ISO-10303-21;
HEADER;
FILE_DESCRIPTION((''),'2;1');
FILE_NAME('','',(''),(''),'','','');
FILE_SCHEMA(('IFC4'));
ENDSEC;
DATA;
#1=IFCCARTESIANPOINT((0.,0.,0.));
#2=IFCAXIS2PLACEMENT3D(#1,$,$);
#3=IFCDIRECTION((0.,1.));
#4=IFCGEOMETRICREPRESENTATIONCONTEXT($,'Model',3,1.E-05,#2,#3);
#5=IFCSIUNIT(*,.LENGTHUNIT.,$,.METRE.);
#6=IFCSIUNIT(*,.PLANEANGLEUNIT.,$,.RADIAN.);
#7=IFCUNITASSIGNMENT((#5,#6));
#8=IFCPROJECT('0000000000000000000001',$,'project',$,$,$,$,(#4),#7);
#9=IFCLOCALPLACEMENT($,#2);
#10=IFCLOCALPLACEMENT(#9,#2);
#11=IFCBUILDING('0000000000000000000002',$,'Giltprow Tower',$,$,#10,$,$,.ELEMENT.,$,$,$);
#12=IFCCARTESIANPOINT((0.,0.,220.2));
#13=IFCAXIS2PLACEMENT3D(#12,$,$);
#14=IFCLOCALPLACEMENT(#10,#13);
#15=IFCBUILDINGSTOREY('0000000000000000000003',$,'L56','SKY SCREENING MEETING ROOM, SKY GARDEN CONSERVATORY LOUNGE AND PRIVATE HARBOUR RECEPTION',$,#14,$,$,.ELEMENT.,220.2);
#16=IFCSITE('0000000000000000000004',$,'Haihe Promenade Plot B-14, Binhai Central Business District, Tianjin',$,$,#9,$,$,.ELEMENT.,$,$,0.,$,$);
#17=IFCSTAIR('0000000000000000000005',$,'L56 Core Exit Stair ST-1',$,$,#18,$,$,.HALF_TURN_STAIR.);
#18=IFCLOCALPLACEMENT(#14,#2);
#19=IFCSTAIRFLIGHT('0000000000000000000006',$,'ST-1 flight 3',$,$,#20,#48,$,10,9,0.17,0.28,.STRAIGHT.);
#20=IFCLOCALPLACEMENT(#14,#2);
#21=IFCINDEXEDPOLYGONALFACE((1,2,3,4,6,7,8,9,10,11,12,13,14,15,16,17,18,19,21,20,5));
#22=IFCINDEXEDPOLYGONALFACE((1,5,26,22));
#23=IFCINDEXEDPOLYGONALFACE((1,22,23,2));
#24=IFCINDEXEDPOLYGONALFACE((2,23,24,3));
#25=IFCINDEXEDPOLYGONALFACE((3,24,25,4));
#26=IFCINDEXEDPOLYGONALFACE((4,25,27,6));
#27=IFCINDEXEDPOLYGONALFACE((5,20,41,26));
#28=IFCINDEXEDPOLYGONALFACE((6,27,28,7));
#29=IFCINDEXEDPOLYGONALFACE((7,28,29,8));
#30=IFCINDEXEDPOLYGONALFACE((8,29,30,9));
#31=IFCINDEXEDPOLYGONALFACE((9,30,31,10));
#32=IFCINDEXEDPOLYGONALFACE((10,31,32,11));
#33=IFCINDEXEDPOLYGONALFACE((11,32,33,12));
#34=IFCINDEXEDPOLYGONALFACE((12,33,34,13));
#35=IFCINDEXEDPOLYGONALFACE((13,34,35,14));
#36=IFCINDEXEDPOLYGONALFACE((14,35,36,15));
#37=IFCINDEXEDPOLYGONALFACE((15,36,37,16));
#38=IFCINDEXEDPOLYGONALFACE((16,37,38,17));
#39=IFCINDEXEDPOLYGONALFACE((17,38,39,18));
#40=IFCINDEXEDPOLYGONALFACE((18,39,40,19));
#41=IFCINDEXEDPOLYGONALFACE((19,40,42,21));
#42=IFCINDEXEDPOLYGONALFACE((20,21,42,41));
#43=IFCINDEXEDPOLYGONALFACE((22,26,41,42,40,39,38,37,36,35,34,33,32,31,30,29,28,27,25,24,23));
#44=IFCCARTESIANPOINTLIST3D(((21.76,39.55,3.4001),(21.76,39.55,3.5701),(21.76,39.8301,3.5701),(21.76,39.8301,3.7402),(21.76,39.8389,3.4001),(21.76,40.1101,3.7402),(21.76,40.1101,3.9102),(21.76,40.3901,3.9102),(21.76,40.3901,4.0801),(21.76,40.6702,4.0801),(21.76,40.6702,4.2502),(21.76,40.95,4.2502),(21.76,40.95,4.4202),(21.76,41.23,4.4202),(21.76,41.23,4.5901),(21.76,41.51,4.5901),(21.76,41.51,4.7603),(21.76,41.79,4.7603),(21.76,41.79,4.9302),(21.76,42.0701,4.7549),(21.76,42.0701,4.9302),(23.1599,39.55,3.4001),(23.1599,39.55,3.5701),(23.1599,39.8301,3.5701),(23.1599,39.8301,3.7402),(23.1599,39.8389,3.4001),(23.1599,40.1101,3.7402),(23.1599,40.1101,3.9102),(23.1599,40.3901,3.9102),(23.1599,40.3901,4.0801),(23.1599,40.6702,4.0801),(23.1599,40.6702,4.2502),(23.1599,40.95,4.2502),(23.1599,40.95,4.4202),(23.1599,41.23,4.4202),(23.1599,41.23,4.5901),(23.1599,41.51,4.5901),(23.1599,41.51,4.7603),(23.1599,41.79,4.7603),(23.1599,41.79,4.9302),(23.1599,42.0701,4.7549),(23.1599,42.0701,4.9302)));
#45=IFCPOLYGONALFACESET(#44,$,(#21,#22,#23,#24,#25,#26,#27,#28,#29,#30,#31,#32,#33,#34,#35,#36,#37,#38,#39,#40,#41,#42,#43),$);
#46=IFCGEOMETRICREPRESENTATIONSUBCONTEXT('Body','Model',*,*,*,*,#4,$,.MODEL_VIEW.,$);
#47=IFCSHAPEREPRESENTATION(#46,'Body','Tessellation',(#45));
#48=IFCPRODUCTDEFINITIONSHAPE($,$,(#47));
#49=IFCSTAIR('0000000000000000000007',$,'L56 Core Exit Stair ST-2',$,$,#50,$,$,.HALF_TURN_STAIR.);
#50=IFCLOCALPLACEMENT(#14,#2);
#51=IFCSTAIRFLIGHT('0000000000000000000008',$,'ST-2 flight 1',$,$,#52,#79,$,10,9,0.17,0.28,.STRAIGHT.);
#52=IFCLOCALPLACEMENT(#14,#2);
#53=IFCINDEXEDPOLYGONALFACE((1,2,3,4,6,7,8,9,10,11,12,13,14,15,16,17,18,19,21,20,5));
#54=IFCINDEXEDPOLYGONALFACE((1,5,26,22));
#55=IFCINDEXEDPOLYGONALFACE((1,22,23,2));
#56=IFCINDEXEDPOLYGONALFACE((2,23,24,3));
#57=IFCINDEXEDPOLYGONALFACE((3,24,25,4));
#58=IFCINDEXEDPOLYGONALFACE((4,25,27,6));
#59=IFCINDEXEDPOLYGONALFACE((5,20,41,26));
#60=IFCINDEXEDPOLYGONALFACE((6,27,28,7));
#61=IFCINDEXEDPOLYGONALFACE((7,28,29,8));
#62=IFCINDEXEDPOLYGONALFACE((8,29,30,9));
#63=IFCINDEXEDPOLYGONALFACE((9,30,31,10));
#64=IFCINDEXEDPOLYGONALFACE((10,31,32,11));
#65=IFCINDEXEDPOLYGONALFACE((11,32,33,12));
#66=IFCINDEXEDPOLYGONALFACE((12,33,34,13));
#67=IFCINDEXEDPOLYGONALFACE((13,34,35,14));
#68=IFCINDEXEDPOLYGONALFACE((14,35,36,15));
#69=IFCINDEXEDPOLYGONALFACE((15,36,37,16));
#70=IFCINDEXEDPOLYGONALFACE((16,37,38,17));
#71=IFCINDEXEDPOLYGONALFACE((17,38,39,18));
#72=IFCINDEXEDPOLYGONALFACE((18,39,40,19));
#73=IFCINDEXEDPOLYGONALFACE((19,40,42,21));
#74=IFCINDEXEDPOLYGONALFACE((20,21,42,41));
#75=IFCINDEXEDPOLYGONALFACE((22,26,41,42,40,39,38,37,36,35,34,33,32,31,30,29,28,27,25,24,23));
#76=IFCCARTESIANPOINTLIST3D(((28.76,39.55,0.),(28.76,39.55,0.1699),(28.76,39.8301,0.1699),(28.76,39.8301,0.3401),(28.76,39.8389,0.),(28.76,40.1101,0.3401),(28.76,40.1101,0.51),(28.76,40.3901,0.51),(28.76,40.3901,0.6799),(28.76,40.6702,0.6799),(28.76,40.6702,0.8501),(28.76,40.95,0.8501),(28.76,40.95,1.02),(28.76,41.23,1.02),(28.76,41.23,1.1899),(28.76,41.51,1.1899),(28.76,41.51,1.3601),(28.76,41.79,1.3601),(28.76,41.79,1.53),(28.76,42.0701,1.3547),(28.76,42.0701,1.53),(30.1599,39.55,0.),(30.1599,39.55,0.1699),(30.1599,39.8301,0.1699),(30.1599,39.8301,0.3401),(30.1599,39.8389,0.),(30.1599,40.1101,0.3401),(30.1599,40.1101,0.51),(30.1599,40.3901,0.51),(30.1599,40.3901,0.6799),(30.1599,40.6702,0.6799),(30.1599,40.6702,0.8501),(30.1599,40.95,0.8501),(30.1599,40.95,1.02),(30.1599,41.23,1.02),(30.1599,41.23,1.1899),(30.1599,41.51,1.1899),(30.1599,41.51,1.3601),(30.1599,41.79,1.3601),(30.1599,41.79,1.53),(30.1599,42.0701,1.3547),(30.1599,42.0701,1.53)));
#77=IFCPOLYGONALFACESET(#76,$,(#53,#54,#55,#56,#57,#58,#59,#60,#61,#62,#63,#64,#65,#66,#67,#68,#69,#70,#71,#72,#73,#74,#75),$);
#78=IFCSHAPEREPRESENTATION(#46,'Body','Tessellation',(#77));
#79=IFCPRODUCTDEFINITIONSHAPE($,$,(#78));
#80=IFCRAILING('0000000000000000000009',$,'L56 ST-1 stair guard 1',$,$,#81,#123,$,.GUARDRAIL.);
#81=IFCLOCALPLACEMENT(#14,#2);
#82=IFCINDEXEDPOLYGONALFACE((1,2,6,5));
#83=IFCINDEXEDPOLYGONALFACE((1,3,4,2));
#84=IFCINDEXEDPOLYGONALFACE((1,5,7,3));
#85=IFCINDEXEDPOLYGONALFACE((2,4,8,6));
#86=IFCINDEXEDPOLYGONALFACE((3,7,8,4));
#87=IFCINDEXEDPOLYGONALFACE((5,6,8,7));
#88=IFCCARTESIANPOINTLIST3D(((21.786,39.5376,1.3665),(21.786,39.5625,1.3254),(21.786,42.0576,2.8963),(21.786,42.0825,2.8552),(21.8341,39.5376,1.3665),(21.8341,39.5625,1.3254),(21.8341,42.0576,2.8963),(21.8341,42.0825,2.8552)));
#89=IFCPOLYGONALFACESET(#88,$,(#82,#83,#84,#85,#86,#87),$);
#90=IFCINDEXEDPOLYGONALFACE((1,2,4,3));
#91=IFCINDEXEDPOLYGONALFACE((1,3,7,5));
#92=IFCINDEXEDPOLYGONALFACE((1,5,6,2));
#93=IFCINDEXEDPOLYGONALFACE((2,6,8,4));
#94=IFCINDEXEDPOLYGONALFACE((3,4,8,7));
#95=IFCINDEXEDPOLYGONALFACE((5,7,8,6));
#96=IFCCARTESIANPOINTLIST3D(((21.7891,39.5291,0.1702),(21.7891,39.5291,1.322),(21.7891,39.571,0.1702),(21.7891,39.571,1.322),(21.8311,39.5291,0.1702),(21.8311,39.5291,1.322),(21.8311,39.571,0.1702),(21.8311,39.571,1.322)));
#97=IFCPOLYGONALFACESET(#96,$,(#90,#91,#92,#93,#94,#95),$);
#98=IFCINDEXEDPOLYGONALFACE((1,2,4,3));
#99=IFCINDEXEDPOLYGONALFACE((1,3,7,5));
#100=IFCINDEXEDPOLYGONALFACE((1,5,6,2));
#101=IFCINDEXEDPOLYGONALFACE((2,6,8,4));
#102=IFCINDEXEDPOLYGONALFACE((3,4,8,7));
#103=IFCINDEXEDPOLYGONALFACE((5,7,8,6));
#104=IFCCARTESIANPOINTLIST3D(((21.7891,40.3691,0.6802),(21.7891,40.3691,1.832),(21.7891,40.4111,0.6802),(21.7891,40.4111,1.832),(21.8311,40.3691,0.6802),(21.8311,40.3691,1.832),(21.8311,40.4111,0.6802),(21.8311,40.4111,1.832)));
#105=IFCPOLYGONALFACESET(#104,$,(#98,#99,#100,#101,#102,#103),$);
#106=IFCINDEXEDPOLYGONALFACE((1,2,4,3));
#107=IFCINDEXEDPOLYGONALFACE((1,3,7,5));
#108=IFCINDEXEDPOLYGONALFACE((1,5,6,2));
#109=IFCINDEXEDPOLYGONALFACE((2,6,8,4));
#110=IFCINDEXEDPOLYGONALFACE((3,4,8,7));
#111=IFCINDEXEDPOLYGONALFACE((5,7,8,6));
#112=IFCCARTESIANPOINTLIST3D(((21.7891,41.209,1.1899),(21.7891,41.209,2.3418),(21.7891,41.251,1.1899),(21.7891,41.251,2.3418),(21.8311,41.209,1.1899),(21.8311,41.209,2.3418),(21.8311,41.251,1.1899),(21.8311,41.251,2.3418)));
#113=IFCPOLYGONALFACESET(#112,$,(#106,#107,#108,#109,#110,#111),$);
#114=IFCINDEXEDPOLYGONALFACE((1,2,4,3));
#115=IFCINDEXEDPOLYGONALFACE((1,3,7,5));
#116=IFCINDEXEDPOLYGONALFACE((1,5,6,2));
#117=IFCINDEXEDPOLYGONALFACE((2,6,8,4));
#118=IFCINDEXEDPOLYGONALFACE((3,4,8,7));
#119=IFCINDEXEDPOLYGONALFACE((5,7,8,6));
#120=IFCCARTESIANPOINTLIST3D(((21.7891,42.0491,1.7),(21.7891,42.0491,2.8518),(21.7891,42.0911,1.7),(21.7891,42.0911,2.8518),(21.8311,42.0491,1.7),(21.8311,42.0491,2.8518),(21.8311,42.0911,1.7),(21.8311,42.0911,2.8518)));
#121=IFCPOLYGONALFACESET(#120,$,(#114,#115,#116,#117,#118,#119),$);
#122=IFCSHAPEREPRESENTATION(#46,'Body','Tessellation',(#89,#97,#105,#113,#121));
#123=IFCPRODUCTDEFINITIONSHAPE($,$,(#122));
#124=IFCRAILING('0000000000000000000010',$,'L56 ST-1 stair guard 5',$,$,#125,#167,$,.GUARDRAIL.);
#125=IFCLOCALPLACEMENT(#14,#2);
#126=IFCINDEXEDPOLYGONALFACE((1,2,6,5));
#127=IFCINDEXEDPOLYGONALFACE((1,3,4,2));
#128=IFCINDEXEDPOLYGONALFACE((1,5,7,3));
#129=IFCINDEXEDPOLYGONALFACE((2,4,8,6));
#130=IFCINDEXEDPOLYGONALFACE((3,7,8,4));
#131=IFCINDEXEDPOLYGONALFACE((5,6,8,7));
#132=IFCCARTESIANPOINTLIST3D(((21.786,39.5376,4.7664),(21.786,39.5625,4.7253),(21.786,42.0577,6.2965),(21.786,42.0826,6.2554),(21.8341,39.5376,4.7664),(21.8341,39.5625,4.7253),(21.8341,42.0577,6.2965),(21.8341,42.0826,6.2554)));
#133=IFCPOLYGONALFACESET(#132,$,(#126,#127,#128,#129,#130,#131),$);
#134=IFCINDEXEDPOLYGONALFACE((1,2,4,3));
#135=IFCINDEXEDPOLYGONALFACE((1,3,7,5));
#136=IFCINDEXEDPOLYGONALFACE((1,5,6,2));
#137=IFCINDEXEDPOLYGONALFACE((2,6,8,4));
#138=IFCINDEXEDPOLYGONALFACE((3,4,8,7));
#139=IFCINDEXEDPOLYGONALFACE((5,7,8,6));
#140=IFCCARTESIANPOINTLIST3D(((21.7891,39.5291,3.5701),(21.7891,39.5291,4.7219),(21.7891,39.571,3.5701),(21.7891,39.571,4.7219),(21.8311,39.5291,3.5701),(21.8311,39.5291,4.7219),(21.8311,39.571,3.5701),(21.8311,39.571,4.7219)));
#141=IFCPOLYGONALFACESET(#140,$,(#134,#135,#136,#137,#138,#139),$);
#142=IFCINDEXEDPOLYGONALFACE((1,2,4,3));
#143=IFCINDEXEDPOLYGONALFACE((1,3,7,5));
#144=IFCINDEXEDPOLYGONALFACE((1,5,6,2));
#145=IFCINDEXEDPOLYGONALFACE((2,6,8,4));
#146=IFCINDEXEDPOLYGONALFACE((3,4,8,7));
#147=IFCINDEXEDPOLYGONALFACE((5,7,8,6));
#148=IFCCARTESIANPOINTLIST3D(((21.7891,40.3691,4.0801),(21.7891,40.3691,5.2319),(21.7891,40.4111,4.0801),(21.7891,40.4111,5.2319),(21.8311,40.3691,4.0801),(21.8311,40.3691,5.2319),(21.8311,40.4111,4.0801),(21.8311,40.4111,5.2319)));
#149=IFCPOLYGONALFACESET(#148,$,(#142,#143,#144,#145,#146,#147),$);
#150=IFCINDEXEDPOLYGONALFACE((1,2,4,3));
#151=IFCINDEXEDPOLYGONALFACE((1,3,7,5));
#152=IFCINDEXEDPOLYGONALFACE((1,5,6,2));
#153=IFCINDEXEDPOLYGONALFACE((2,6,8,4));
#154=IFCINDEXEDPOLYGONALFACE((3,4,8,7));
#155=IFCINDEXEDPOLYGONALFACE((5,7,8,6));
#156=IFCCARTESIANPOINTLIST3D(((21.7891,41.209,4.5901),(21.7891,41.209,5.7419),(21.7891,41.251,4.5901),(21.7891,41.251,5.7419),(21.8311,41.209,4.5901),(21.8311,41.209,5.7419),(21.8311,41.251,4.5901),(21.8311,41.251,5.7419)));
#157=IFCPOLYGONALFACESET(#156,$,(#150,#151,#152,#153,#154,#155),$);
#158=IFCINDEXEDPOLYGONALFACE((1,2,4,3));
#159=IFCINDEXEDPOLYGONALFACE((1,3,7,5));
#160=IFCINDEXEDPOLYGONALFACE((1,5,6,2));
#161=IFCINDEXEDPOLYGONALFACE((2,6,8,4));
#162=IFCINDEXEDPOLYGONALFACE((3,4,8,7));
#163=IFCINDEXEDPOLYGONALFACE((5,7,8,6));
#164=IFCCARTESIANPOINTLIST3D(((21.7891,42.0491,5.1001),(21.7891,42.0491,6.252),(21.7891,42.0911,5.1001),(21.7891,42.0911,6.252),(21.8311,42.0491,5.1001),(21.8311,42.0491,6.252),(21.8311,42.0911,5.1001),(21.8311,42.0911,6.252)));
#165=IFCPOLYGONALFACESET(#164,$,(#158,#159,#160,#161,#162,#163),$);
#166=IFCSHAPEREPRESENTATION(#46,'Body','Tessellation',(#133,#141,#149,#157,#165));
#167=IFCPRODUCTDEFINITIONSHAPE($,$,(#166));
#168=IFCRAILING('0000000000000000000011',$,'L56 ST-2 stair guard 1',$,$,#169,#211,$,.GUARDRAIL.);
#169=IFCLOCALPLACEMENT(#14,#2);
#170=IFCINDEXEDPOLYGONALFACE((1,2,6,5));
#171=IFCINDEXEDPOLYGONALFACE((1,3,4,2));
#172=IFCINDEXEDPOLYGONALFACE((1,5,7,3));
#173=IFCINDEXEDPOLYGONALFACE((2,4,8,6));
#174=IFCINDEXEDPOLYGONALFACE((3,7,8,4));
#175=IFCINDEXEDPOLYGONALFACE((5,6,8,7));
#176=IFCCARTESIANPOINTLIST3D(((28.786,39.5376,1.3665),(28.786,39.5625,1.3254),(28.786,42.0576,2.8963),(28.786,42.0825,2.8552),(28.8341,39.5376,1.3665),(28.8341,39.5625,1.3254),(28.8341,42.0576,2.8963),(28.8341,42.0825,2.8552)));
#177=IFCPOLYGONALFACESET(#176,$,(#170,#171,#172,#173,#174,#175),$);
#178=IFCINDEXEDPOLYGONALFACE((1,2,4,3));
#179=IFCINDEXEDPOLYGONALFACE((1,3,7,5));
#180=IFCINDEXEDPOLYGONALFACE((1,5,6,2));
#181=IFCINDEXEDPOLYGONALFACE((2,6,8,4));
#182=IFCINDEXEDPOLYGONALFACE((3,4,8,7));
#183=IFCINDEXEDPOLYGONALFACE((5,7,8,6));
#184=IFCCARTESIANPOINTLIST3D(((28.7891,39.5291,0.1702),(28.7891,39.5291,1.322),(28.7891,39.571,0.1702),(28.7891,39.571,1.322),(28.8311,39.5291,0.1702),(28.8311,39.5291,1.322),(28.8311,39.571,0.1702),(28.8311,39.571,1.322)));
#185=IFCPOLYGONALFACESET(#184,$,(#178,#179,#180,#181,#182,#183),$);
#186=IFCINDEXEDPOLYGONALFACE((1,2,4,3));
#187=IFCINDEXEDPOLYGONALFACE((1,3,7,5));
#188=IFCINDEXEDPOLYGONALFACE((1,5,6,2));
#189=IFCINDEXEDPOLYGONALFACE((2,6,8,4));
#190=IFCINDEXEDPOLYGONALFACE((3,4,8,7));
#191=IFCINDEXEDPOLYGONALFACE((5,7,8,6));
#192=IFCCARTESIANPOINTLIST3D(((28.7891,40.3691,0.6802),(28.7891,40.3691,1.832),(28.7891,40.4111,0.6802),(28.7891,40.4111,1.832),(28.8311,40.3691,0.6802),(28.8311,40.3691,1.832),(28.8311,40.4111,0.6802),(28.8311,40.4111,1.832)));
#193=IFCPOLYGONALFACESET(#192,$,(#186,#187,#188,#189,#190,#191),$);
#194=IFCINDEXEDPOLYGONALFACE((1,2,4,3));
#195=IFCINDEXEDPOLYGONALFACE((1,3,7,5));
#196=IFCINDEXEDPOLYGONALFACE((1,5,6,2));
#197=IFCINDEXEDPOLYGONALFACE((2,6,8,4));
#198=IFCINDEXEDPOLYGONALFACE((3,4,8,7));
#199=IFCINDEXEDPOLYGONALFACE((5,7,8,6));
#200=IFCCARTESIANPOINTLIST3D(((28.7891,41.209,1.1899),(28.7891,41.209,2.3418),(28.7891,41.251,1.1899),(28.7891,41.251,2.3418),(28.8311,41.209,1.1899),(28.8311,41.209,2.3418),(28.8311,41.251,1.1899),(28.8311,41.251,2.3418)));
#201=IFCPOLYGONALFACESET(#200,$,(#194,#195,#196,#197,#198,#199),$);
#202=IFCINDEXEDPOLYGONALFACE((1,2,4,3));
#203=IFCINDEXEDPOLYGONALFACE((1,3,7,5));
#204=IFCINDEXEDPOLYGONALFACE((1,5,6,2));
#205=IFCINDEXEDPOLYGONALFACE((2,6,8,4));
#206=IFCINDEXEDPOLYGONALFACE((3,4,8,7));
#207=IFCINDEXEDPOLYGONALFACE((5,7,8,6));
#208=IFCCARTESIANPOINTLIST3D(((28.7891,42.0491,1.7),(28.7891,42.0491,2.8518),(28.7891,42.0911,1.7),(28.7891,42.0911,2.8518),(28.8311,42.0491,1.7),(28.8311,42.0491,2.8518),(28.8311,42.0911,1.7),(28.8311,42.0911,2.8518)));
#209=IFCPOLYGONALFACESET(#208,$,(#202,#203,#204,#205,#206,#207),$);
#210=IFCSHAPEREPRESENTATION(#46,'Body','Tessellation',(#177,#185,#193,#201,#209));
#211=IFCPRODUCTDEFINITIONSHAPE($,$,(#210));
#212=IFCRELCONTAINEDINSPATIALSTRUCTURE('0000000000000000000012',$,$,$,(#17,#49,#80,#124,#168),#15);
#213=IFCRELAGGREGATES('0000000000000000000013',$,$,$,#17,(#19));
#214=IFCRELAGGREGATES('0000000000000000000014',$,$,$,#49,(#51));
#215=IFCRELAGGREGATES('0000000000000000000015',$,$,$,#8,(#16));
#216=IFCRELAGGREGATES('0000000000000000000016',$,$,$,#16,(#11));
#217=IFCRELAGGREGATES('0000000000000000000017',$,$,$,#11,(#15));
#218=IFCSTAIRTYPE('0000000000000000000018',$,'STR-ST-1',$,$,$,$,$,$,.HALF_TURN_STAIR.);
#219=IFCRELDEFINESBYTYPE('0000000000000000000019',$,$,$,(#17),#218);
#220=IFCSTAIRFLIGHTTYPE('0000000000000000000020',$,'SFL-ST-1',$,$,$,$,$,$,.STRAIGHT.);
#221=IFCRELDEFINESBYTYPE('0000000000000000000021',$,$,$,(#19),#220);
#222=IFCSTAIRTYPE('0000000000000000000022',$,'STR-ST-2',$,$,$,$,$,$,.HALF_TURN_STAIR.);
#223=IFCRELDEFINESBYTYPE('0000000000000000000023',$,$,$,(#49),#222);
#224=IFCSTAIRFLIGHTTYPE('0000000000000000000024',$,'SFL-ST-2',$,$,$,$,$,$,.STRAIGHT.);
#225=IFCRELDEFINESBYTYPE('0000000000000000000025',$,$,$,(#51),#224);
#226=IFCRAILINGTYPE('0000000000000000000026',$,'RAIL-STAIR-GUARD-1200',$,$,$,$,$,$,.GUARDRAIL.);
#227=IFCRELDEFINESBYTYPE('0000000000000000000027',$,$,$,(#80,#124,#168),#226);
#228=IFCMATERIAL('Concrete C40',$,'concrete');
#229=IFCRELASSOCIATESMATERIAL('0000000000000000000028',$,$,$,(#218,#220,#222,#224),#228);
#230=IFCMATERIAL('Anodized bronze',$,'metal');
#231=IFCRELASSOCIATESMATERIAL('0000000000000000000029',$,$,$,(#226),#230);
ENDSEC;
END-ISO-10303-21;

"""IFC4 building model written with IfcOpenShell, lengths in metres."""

from ifc_helpers import new_model, si_unit, direction, frame, origin, origin_2d, place, context, subcontext, project, spatial, polyline, rectangle, outline, extrude, material, type_object, element, aggregate, save


model = new_model("IFC4")

# Units and contexts
model_context = context("Model", 3, precision=1e-05, world=origin(), true_north=direction((0.0, 1.0)))
body_context = subcontext(model_context, "Body", "Model", "MODEL_VIEW")
ifc_project = project(units=[si_unit("LENGTHUNIT", "METRE"), si_unit("PLANEANGLEUNIT", "RADIAN")], contexts=[model_context])

# Site, building, storey
site_placement = place(None, origin())
site = spatial("IfcSite", under=ifc_project, at=site_placement, Name="Haihe Promenade Plot B-14, Binhai Central Business District, Tianjin", CompositionType="ELEMENT", RefElevation=0.0)
building_placement = place(site_placement, origin())
building = spatial("IfcBuilding", under=site, at=building_placement, Name="Giltprow Tower", CompositionType="ELEMENT")
storey_placement = place(building_placement, frame((0.0, 0.0, 220.2)))
storey = spatial("IfcBuildingStorey", under=building, at=storey_placement, Name="L56", Description="SKY SCREENING MEETING ROOM, SKY GARDEN CONSERVATORY LOUNGE AND PRIVATE HARBOUR RECEPTION", CompositionType="ELEMENT", Elevation=220.2)

# Shared definitions
ifc_material_1 = material(Name="Concrete C40", Category="concrete")

# Stair, stair flight
stair_type_1 = type_object("IfcStairType", Name="STR-ST-1", PredefinedType="HALF_TURN_STAIR", material=ifc_material_1)
stair_1_placement = place(storey_placement, origin())
stair_1 = element("IfcStair", 1, at=stair_1_placement, inside=storey, type_object=stair_type_1, Name="L56 Core Exit Stair ST-1", PredefinedType="HALF_TURN_STAIR")
stair_flight_type_1 = type_object("IfcStairFlightType", Name="SFL-ST-1", PredefinedType="STRAIGHT", material=ifc_material_1)
stair_flight_1_placement = place(storey_placement, frame((22.46, 39.55, 3.4001), z_axis=(0.0, 0.0, 1.0), x_axis=(0.0, 1.0, 0.0)))
stair_flight_1 = element("IfcStairFlight", 2, at=stair_flight_1_placement, type_object=stair_flight_type_1, Name="ST-1 flight 3", NumberOfRisers=10, NumberOfTreads=9, PredefinedType="STRAIGHT", RiserHeight=0.17, TreadLength=0.28, context=body_context, shape_type="SweptSolid", body=[
    extrude(outline(polyline([(0.0, 0.0), (0.0, 0.1699), (0.28, 0.1699), (0.28, 0.3401), (0.5601, 0.3401), (0.5601, 0.51), (0.8401, 0.51), (0.8401, 0.6799), (1.1201, 0.6799), (1.1201, 0.8501), (1.3999, 0.8501), (1.3999, 1.02), (1.6799, 1.02), (1.6799, 1.1899), (1.96, 1.1899), (1.96, 1.3601), (2.24, 1.3601), (2.24, 1.53), (2.52, 1.53), (2.52, 1.7), (2.52, 1.3547), (0.2888, 0.0), (0.0, 0.0)])), frame((0.0, 0.7, 0.0), z_axis=(0.0, -1.0, 0.0), x_axis=(1.0, 0.0, 0.0)), (0.0, 0.0, 1.0), 1.3999),
])
aggregate(stair_1, [stair_flight_1])

# Stair, stair flight
stair_type_2 = type_object("IfcStairType", Name="STR-ST-2", PredefinedType="HALF_TURN_STAIR", material=ifc_material_1)
stair_2_placement = place(storey_placement, origin())
stair_2 = element("IfcStair", 3, at=stair_2_placement, inside=storey, type_object=stair_type_2, Name="L56 Core Exit Stair ST-2", PredefinedType="HALF_TURN_STAIR")
stair_flight_type_2 = type_object("IfcStairFlightType", Name="SFL-ST-2", PredefinedType="STRAIGHT", material=ifc_material_1)
stair_flight_2_placement = place(storey_placement, frame((29.46, 39.55, 0.0), z_axis=(0.0, 0.0, 1.0), x_axis=(0.0, 1.0, 0.0)))
stair_flight_2 = element("IfcStairFlight", 4, at=stair_flight_2_placement, type_object=stair_flight_type_2, Name="ST-2 flight 1", NumberOfRisers=10, NumberOfTreads=9, PredefinedType="STRAIGHT", RiserHeight=0.17, TreadLength=0.28, context=body_context, shape_type="SweptSolid", body=[
    extrude(outline(polyline([(0.0, 0.0), (0.0, 0.1699), (0.28, 0.1699), (0.28, 0.3401), (0.5601, 0.3401), (0.5601, 0.51), (0.8401, 0.51), (0.8401, 0.6799), (1.1201, 0.6799), (1.1201, 0.8501), (1.3999, 0.8501), (1.3999, 1.02), (1.6799, 1.02), (1.6799, 1.1899), (1.96, 1.1899), (1.96, 1.3601), (2.24, 1.3601), (2.24, 1.53), (2.52, 1.53), (2.52, 1.7), (2.52, 1.3547), (0.2888, 0.0), (0.0, 0.0)])), frame((0.0, 0.7, 0.0), z_axis=(0.0, -1.0, 0.0), x_axis=(1.0, 0.0, 0.0)), (0.0, 0.0, 1.0), 1.3999),
])
aggregate(stair_2, [stair_flight_2])

# Railings
ifc_material_2 = material(Name="Anodized bronze", Category="metal")
railing_type_1 = type_object("IfcRailingType", Name="RAIL-STAIR-GUARD-1200", PredefinedType="GUARDRAIL", material=ifc_material_2)
railing_1_placement = place(storey_placement, frame((21.8101, 39.55, 0.1702)))
element("IfcRailing", 5, at=railing_1_placement, inside=storey, type_object=railing_type_1, Name="L56 ST-1 stair guard 1", PredefinedType="GUARDRAIL", context=body_context, shape_type="SweptSolid", body=[
    extrude(rectangle(XDim=0.0481, YDim=0.0481, at=origin_2d()), frame((0.0, 0.0, 1.1758), z_axis=(0.0, 0.854822, 0.518922), x_axis=(-1.0, 0.0, 0.0)), (0.0, 0.0, 1.0), 2.948),
    extrude(rectangle(XDim=0.042, YDim=0.042, at=origin_2d()), origin(), (0.0, 0.0, 1.0), 1.1519),
    extrude(rectangle(XDim=0.042, YDim=0.042, at=origin_2d()), frame((0.0, 0.8401, 0.51)), (0.0, 0.0, 1.0), 1.1519),
    extrude(rectangle(XDim=0.042, YDim=0.042, at=origin_2d()), frame((0.0, 1.6799, 1.0198)), (0.0, 0.0, 1.0), 1.1519),
    extrude(rectangle(XDim=0.042, YDim=0.042, at=origin_2d()), frame((0.0, 2.52, 1.5298)), (0.0, 0.0, 1.0), 1.1519),
])
railing_2_placement = place(storey_placement, frame((21.8101, 39.55, 3.5701)))
element("IfcRailing", 6, at=railing_2_placement, inside=storey, type_object=railing_type_1, Name="L56 ST-1 stair guard 5", PredefinedType="GUARDRAIL", context=body_context, shape_type="SweptSolid", body=[
    extrude(rectangle(XDim=0.0481, YDim=0.0481, at=origin_2d()), frame((0.0, 0.0, 1.1758), z_axis=(0.0, 0.854785, 0.518982), x_axis=(-1.0, 0.0, 0.0)), (0.0, 0.0, 1.0), 2.9482),
    extrude(rectangle(XDim=0.042, YDim=0.042, at=origin_2d()), origin(), (0.0, 0.0, 1.0), 1.1519),
    extrude(rectangle(XDim=0.042, YDim=0.042, at=origin_2d()), frame((0.0, 0.8401, 0.51)), (0.0, 0.0, 1.0), 1.1519),
    extrude(rectangle(XDim=0.042, YDim=0.042, at=origin_2d()), frame((0.0, 1.6799, 1.02)), (0.0, 0.0, 1.0), 1.1519),
    extrude(rectangle(XDim=0.042, YDim=0.042, at=origin_2d()), frame((0.0, 2.52, 1.53)), (0.0, 0.0, 1.0), 1.1519),
])
railing_3_placement = place(storey_placement, frame((28.8101, 39.55, 0.1702)))
element("IfcRailing", 7, at=railing_3_placement, inside=storey, type_object=railing_type_1, Name="L56 ST-2 stair guard 1", PredefinedType="GUARDRAIL", context=body_context, shape_type="SweptSolid", body=[
    extrude(rectangle(XDim=0.0481, YDim=0.0481, at=origin_2d()), frame((0.0, 0.0, 1.1758), z_axis=(0.0, 0.854822, 0.518922), x_axis=(-1.0, 0.0, 0.0)), (0.0, 0.0, 1.0), 2.948),
    extrude(rectangle(XDim=0.042, YDim=0.042, at=origin_2d()), origin(), (0.0, 0.0, 1.0), 1.1519),
    extrude(rectangle(XDim=0.042, YDim=0.042, at=origin_2d()), frame((0.0, 0.8401, 0.51)), (0.0, 0.0, 1.0), 1.1519),
    extrude(rectangle(XDim=0.042, YDim=0.042, at=origin_2d()), frame((0.0, 1.6799, 1.0198)), (0.0, 0.0, 1.0), 1.1519),
    extrude(rectangle(XDim=0.042, YDim=0.042, at=origin_2d()), frame((0.0, 2.52, 1.5298)), (0.0, 0.0, 1.0), 1.1519),
])

save(model, "model.ifc")
